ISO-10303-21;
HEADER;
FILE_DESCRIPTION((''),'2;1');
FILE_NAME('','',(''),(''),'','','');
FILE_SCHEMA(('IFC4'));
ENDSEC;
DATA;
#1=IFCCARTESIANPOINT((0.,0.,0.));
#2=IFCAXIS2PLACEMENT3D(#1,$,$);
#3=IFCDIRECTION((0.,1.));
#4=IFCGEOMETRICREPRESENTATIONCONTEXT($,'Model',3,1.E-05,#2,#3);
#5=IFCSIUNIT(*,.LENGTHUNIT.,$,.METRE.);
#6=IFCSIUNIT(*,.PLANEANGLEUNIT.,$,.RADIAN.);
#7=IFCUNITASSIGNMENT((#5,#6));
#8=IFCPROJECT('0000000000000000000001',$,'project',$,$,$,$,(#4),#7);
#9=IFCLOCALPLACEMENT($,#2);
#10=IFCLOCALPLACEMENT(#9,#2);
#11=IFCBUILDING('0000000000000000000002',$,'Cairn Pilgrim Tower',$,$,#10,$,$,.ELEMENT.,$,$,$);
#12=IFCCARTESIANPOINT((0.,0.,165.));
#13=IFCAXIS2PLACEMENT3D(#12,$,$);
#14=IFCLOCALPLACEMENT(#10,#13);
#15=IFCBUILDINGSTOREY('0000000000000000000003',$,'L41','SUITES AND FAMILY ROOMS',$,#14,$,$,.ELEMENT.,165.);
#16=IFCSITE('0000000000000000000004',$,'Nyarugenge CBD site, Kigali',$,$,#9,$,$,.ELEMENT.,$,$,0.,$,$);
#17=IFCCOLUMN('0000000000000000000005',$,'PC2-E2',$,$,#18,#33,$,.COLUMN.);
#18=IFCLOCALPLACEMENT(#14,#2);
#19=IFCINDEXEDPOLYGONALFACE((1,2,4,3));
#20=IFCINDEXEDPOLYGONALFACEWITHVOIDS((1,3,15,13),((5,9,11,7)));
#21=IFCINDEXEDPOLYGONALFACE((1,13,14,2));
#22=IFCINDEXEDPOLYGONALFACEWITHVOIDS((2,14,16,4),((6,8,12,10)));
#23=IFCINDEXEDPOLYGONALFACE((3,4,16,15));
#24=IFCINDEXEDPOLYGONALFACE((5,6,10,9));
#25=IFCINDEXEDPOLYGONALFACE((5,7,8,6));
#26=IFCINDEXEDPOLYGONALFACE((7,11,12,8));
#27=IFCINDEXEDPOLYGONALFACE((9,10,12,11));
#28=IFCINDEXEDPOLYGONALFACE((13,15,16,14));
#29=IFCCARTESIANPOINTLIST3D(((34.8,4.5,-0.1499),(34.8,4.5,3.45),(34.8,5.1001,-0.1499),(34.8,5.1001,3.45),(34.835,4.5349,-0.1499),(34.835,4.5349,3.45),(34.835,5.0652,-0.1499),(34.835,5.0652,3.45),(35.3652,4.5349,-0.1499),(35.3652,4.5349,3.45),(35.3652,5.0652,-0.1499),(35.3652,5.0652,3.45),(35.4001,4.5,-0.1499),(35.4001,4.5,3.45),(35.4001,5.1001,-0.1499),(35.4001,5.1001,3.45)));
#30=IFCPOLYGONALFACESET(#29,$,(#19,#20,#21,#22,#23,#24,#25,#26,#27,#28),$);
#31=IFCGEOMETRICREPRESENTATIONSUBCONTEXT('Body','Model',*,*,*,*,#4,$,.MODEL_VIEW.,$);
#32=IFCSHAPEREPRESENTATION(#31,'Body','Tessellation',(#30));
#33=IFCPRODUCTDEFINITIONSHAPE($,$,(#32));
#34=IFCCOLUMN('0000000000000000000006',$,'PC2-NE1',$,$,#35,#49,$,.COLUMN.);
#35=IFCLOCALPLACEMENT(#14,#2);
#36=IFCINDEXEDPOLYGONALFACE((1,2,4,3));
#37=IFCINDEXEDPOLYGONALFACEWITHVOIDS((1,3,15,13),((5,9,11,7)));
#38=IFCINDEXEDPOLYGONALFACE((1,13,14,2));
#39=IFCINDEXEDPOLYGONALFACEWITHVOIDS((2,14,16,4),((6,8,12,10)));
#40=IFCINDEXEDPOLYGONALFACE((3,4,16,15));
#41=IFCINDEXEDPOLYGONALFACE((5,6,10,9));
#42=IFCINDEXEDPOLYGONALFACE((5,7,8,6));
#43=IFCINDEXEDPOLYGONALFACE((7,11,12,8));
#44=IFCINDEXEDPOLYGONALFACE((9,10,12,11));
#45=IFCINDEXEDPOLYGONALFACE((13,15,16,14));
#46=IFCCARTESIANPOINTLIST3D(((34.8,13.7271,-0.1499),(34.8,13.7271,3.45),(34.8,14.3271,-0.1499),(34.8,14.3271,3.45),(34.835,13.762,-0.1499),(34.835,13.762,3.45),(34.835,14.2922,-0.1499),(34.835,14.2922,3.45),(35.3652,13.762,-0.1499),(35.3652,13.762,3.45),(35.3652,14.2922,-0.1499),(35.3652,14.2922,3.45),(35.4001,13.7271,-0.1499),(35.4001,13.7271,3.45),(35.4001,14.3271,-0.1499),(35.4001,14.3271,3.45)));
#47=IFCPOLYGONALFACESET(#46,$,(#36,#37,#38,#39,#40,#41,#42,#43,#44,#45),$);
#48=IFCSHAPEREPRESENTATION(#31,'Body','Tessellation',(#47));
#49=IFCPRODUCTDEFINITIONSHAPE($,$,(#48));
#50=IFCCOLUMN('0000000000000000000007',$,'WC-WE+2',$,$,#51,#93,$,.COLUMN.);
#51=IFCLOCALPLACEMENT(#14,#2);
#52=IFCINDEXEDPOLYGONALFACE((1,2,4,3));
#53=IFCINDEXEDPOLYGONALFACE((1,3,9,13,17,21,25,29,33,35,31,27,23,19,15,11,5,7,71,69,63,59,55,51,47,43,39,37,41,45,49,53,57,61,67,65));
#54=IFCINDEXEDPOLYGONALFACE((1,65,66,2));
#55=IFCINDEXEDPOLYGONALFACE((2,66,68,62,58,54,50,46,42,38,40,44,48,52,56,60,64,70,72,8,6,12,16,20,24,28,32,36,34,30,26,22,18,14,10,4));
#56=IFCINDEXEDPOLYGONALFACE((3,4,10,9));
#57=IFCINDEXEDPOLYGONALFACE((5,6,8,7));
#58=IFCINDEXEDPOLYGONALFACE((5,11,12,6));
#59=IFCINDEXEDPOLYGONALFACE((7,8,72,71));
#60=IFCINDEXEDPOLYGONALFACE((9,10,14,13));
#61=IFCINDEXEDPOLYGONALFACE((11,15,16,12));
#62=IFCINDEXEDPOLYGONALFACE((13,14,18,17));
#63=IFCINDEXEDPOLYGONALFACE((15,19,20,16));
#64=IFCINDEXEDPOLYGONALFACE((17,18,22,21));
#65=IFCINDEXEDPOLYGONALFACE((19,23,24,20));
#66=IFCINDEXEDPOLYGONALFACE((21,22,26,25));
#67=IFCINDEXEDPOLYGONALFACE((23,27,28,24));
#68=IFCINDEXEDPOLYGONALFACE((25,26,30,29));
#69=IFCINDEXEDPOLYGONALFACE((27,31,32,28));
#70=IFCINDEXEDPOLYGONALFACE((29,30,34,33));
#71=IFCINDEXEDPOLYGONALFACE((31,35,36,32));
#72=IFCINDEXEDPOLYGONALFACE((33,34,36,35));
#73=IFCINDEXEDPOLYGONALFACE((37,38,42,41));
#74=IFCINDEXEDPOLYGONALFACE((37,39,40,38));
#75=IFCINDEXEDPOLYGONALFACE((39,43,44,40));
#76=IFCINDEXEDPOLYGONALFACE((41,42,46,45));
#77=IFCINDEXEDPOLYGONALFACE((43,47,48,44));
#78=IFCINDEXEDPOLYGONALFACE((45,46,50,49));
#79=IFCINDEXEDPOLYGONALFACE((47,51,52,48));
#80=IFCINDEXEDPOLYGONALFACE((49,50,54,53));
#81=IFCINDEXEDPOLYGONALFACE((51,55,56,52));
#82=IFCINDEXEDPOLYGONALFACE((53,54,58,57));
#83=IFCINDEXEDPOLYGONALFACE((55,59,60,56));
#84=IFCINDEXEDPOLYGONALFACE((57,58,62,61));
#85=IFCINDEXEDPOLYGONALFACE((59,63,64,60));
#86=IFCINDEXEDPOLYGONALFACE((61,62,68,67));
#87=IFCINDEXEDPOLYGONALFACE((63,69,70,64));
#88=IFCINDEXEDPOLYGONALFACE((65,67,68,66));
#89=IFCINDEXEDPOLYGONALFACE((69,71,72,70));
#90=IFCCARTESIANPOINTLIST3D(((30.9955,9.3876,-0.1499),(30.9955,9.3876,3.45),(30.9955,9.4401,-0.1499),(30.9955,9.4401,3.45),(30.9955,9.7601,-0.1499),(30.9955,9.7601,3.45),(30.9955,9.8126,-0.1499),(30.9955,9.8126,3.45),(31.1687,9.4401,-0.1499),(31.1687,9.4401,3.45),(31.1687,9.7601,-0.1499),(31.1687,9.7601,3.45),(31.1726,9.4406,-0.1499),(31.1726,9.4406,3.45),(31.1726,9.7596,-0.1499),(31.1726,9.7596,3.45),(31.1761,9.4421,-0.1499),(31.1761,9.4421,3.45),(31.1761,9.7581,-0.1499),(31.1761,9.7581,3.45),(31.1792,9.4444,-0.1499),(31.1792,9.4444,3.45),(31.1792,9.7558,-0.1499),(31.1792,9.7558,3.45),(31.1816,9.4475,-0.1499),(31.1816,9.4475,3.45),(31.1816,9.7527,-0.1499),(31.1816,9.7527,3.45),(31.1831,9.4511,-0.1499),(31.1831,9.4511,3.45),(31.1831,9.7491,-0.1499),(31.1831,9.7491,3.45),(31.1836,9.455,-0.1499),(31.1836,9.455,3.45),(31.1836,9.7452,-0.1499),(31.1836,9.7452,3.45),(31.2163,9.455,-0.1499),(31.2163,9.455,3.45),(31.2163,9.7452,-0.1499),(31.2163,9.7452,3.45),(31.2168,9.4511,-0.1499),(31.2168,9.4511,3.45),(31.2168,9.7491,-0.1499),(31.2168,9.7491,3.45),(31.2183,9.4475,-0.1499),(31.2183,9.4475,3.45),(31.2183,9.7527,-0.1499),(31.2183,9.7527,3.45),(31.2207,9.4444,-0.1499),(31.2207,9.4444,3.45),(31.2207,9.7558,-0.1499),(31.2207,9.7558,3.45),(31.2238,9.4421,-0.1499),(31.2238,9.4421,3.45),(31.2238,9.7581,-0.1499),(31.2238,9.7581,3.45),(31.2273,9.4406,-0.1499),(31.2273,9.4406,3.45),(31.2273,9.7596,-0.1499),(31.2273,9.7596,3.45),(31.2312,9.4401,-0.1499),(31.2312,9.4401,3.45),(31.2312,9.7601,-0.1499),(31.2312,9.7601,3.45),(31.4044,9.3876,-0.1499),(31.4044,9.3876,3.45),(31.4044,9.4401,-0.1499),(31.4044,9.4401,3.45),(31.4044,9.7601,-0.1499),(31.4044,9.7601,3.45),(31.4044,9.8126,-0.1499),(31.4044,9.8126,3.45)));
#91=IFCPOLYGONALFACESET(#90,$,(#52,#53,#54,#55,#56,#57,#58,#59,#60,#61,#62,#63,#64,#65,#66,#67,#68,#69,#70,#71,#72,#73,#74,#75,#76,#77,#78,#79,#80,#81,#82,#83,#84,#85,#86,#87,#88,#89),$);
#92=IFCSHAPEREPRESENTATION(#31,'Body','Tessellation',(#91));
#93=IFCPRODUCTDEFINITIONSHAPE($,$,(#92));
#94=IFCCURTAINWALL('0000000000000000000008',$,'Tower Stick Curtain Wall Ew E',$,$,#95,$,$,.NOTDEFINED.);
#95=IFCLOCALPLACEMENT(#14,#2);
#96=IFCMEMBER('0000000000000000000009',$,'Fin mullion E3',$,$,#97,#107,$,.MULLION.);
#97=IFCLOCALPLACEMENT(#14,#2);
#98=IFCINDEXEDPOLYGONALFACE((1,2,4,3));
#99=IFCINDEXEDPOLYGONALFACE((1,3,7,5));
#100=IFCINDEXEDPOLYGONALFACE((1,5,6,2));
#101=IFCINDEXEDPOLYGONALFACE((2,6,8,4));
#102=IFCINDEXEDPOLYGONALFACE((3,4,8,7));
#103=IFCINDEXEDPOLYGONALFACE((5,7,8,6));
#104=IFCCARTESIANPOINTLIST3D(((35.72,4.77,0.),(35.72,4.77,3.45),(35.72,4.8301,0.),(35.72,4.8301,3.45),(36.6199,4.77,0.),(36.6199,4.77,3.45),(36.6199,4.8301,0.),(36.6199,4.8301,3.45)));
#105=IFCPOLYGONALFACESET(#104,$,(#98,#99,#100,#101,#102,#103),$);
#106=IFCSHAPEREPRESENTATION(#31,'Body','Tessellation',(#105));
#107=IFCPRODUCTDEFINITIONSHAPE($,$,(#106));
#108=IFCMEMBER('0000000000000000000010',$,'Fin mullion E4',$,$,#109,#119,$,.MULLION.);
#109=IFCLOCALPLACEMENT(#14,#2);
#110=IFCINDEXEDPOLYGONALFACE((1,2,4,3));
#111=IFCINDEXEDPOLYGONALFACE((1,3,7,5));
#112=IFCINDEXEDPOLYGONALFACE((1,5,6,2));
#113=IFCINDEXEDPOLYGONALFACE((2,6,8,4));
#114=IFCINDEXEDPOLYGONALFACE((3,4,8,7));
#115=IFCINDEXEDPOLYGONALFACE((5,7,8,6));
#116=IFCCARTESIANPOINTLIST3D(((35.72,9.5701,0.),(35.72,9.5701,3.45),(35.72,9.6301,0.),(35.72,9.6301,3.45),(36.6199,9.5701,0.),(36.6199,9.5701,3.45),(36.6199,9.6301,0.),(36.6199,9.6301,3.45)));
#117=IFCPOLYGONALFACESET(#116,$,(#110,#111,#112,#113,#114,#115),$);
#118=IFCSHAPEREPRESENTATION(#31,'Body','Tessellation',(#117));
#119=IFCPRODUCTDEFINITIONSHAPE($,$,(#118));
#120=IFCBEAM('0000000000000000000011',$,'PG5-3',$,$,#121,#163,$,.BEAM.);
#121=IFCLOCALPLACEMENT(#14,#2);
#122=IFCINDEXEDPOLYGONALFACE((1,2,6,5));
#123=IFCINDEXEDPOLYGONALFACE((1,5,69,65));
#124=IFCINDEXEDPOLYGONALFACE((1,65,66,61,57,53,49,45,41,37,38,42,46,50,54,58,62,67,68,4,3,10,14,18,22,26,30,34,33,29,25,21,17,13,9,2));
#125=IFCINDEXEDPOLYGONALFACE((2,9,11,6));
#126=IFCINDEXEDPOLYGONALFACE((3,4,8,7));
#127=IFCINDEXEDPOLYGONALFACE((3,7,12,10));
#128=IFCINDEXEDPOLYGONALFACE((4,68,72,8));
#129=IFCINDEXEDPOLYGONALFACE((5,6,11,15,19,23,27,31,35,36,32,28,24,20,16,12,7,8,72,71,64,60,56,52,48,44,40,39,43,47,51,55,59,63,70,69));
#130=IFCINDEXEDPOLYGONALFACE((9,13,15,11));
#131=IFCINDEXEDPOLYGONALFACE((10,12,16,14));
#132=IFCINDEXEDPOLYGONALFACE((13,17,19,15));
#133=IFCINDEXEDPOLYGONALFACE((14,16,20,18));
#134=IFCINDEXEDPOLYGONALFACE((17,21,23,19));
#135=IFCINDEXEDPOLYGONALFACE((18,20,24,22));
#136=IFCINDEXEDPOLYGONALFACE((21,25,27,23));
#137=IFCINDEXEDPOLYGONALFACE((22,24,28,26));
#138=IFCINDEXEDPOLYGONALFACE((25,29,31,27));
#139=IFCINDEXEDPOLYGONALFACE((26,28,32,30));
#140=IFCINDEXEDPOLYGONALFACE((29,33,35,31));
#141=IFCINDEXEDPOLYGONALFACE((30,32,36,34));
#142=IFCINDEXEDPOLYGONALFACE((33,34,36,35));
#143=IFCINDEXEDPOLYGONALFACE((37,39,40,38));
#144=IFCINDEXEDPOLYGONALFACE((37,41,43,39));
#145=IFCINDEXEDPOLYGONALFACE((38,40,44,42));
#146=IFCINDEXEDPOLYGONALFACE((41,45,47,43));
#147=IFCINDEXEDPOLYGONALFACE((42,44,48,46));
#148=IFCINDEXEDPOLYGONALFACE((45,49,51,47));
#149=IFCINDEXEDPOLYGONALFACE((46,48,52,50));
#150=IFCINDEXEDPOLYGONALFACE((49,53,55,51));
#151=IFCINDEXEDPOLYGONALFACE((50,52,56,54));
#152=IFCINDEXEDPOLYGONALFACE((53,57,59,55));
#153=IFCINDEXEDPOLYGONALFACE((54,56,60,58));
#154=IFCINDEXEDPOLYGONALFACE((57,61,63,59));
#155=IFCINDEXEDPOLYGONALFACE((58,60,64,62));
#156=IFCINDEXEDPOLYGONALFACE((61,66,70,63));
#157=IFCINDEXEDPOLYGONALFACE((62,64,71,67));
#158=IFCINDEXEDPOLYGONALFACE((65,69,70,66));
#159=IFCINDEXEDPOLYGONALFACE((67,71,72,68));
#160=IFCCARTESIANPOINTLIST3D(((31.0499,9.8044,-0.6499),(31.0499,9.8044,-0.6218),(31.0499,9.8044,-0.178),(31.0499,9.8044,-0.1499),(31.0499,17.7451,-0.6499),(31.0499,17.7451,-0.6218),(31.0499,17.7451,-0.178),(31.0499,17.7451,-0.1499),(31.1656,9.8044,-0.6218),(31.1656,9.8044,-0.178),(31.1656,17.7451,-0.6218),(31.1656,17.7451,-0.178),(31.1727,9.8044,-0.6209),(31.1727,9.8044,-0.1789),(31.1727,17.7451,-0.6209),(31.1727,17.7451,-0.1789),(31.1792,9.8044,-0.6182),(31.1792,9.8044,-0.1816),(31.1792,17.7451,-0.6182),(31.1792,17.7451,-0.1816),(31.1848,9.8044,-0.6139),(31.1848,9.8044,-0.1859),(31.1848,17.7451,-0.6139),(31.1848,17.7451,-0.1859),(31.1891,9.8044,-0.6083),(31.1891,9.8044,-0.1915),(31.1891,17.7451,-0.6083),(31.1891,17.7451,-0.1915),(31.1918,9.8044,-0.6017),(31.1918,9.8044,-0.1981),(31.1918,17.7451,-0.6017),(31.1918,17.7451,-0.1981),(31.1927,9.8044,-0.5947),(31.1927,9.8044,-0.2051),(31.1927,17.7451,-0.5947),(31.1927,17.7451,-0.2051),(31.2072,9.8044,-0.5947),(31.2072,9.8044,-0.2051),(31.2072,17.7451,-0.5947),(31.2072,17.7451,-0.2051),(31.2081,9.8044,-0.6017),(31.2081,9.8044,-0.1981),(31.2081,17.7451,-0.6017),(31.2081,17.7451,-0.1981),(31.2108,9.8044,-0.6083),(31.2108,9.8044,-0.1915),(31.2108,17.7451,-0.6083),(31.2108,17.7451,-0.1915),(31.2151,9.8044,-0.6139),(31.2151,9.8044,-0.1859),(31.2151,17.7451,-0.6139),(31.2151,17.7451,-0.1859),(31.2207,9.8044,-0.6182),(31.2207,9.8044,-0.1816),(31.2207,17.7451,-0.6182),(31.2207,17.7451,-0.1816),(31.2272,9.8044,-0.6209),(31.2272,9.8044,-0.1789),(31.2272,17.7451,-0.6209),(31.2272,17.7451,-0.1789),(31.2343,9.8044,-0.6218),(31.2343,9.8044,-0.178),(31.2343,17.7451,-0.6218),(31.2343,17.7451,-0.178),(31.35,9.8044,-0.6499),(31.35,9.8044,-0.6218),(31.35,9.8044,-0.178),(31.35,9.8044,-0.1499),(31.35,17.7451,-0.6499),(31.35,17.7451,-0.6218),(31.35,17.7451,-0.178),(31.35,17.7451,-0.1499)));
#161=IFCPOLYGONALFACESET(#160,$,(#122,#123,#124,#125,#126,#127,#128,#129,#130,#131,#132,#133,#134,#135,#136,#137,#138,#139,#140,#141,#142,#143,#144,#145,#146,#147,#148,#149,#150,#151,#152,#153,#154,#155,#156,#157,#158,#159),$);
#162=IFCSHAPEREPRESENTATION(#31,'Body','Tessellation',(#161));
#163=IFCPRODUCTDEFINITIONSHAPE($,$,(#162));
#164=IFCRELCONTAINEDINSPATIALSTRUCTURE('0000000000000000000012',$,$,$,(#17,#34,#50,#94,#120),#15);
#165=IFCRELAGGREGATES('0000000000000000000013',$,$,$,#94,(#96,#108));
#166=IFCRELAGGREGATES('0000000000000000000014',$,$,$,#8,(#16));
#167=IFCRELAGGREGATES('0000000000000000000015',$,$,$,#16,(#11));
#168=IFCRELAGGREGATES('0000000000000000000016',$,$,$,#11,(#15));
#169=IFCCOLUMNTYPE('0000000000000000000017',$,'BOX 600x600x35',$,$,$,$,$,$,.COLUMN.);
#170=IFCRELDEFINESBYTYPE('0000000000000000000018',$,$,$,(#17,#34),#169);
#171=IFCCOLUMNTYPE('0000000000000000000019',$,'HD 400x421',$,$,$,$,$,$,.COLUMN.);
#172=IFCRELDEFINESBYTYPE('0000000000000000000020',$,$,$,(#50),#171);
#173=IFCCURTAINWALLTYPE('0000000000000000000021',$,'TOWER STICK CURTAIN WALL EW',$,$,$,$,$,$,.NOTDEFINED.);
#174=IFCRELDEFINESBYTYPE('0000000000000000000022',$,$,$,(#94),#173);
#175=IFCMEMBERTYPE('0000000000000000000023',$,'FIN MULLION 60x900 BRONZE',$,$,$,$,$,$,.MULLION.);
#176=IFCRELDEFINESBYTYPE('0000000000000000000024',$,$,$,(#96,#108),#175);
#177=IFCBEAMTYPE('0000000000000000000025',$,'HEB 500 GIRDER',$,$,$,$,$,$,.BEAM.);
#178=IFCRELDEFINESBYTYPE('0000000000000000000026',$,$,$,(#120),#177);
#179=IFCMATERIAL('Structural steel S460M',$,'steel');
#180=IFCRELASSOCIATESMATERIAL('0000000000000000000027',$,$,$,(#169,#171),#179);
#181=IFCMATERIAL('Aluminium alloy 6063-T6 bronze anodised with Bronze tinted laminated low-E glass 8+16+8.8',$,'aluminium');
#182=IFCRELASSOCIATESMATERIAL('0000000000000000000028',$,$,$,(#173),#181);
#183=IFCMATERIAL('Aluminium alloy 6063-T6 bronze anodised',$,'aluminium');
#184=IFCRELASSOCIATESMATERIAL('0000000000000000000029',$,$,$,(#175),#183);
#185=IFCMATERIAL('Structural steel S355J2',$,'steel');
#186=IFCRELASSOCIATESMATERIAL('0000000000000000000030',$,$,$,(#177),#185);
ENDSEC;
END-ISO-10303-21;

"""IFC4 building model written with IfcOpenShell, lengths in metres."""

from ifc_helpers import new_model, si_unit, direction, frame, origin, origin_2d, place, context, subcontext, project, spatial, rectangle, hollow_rectangle, i_section, extrude, material, material_profile, profile_set, type_object, element, aggregate, save


model = new_model("IFC4")

# Units and contexts
model_context = context("Model", 3, precision=1e-05, world=origin(), true_north=direction((0.0, 1.0)))
body_context = subcontext(model_context, "Body", "Model", "MODEL_VIEW")
ifc_project = project(units=[si_unit("LENGTHUNIT", "METRE"), si_unit("PLANEANGLEUNIT", "RADIAN")], contexts=[model_context])

# Site, building, storey
site_placement = place(None, origin())
site = spatial("IfcSite", under=ifc_project, at=site_placement, Name="Nyarugenge CBD site, Kigali", CompositionType="ELEMENT", RefElevation=0.0)
building_placement = place(site_placement, origin())
building = spatial("IfcBuilding", under=site, at=building_placement, Name="Cairn Pilgrim Tower", CompositionType="ELEMENT")
storey_placement = place(building_placement, frame((0.0, 0.0, 165.0)))
storey = spatial("IfcBuildingStorey", under=building, at=storey_placement, Name="L41", Description="SUITES AND FAMILY ROOMS", CompositionType="ELEMENT", Elevation=165.0)

# Columns
ifc_material_1 = material(Name="Structural steel S460M", Category="steel")
ifc_material_profile_1 = material_profile(ifc_material_1, hollow_rectangle(XDim=0.6001, YDim=0.6001, WallThickness=0.0349, at=origin_2d()), Name="BOX 600x600x35")
ifc_profile_set_1 = profile_set([ifc_material_profile_1], Name="Structural steel S460M")
column_type_1 = type_object("IfcColumnType", Name="BOX 600x600x35", PredefinedType="COLUMN", material=ifc_profile_set_1)
for number, where, z_axis, x_axis, name in (
    (1, (35.1001, 4.8, -0.1499), (0.0, 0.0, 1.0), (1.0, 0.0, 0.0), "PC2-E2"),
    (2, (35.1001, 14.0271, -0.1499), (0.0, 0.0, 1.0), (1.0, 0.0, 0.0), "PC2-NE1"),
):
    element("IfcColumn", number, at=place(storey_placement, frame(where, z_axis=z_axis, x_axis=x_axis)), inside=storey, type_object=column_type_1, Name=name, PredefinedType="COLUMN", context=body_context, shape_type="SweptSolid", body=[
        extrude(hollow_rectangle(XDim=0.6001, YDim=0.6001, WallThickness=0.0349, at=origin_2d()), origin(), (0.0, 0.0, 1.0), 3.5999),
    ])
ifc_material_profile_2 = material_profile(ifc_material_1, i_section(OverallWidth=0.4089, OverallDepth=0.425, WebThickness=0.0327, FlangeThickness=0.0525, FilletRadius=0.0149, at=origin_2d()), Name="HD 400x421")
ifc_profile_set_2 = profile_set([ifc_material_profile_2], Name="Structural steel S460M")
column_type_2 = type_object("IfcColumnType", Name="HD 400x421", PredefinedType="COLUMN", material=ifc_profile_set_2)
column_placement = place(storey_placement, frame((31.2, 9.6001, -0.1499), z_axis=(0.0, 0.0, 1.0), x_axis=(1.0, 0.0, 0.0)))
element("IfcColumn", 3, at=column_placement, inside=storey, type_object=column_type_2, Name="WC-WE+2", PredefinedType="COLUMN", context=body_context, shape_type="SweptSolid", body=[
    extrude(i_section(OverallWidth=0.4089, OverallDepth=0.425, WebThickness=0.0327, FlangeThickness=0.0525, FilletRadius=0.0149, at=origin_2d()), origin(), (0.0, 0.0, 1.0), 3.5999),
])

# Curtain wall, members
ifc_material_2 = material(Name="Aluminium alloy 6063-T6 bronze anodised with Bronze tinted laminated low-E glass 8+16+8.8", Category="aluminium")
curtain_wall_type = type_object("IfcCurtainWallType", Name="TOWER STICK CURTAIN WALL EW", PredefinedType="NOTDEFINED", material=ifc_material_2)
curtain_wall_placement = place(storey_placement, origin())
curtain_wall = element("IfcCurtainWall", 4, at=curtain_wall_placement, inside=storey, type_object=curtain_wall_type, Name="Tower Stick Curtain Wall Ew E", PredefinedType="NOTDEFINED")
ifc_material_3 = material(Name="Aluminium alloy 6063-T6 bronze anodised", Category="aluminium")
ifc_material_profile_3 = material_profile(ifc_material_3, rectangle(XDim=0.8999, YDim=0.0601, at=origin_2d()), Name="FIN MULLION 60x900 BRONZE")
ifc_profile_set_3 = profile_set([ifc_material_profile_3], Name="Aluminium alloy 6063-T6 bronze anodised")
member_type_1 = type_object("IfcMemberType", Name="FIN MULLION 60x900 BRONZE", PredefinedType="MULLION", material=ifc_profile_set_3)
member_1_placement = place(storey_placement, frame((36.1699, 4.8, 0.0), z_axis=(0.0, 0.0, 1.0), x_axis=(1.0, 0.0, 0.0)))
member_1 = element("IfcMember", 5, at=member_1_placement, type_object=member_type_1, Name="Fin mullion E3", PredefinedType="MULLION", context=body_context, shape_type="SweptSolid", body=[
    extrude(rectangle(XDim=0.8999, YDim=0.0601, at=origin_2d()), origin(), (0.0, 0.0, 1.0), 3.45),
])
member_2_placement = place(storey_placement, frame((36.1699, 9.6001, 0.0), z_axis=(0.0, 0.0, 1.0), x_axis=(1.0, 0.0, 0.0)))
member_2 = element("IfcMember", 6, at=member_2_placement, type_object=member_type_1, Name="Fin mullion E4", PredefinedType="MULLION", context=body_context, shape_type="SweptSolid", body=[
    extrude(rectangle(XDim=0.8999, YDim=0.0601, at=origin_2d()), origin(), (0.0, 0.0, 1.0), 3.45),
])

# Beam
ifc_material_4 = material(Name="Structural steel S355J2", Category="steel")
ifc_material_profile_4 = material_profile(ifc_material_4, i_section(OverallWidth=0.3, OverallDepth=0.5, WebThickness=0.0144, FlangeThickness=0.0281, FilletRadius=0.0271, at=origin_2d()), Name="HEB 500")
ifc_profile_set_4 = profile_set([ifc_material_profile_4], Name="Structural steel S355J2")
beam_type_1 = type_object("IfcBeamType", Name="HEB 500 GIRDER", PredefinedType="BEAM", material=ifc_profile_set_4)
beam_1_placement = place(storey_placement, frame((31.2, 9.8044, -0.3999), z_axis=(0.0, 1.0, 0.0), x_axis=(-1.0, 0.0, 0.0)))
element("IfcBeam", 7, at=beam_1_placement, inside=storey, type_object=beam_type_1, Name="PG5-3", PredefinedType="BEAM", context=body_context, shape_type="SweptSolid", body=[
    extrude(i_section(OverallWidth=0.3, OverallDepth=0.5, WebThickness=0.0144, FlangeThickness=0.0281, FilletRadius=0.0271, at=origin_2d()), origin(), (0.0, 0.0, 1.0), 7.9407),
])

aggregate(curtain_wall, [member_1, member_2])

save(model, "model.ifc")
